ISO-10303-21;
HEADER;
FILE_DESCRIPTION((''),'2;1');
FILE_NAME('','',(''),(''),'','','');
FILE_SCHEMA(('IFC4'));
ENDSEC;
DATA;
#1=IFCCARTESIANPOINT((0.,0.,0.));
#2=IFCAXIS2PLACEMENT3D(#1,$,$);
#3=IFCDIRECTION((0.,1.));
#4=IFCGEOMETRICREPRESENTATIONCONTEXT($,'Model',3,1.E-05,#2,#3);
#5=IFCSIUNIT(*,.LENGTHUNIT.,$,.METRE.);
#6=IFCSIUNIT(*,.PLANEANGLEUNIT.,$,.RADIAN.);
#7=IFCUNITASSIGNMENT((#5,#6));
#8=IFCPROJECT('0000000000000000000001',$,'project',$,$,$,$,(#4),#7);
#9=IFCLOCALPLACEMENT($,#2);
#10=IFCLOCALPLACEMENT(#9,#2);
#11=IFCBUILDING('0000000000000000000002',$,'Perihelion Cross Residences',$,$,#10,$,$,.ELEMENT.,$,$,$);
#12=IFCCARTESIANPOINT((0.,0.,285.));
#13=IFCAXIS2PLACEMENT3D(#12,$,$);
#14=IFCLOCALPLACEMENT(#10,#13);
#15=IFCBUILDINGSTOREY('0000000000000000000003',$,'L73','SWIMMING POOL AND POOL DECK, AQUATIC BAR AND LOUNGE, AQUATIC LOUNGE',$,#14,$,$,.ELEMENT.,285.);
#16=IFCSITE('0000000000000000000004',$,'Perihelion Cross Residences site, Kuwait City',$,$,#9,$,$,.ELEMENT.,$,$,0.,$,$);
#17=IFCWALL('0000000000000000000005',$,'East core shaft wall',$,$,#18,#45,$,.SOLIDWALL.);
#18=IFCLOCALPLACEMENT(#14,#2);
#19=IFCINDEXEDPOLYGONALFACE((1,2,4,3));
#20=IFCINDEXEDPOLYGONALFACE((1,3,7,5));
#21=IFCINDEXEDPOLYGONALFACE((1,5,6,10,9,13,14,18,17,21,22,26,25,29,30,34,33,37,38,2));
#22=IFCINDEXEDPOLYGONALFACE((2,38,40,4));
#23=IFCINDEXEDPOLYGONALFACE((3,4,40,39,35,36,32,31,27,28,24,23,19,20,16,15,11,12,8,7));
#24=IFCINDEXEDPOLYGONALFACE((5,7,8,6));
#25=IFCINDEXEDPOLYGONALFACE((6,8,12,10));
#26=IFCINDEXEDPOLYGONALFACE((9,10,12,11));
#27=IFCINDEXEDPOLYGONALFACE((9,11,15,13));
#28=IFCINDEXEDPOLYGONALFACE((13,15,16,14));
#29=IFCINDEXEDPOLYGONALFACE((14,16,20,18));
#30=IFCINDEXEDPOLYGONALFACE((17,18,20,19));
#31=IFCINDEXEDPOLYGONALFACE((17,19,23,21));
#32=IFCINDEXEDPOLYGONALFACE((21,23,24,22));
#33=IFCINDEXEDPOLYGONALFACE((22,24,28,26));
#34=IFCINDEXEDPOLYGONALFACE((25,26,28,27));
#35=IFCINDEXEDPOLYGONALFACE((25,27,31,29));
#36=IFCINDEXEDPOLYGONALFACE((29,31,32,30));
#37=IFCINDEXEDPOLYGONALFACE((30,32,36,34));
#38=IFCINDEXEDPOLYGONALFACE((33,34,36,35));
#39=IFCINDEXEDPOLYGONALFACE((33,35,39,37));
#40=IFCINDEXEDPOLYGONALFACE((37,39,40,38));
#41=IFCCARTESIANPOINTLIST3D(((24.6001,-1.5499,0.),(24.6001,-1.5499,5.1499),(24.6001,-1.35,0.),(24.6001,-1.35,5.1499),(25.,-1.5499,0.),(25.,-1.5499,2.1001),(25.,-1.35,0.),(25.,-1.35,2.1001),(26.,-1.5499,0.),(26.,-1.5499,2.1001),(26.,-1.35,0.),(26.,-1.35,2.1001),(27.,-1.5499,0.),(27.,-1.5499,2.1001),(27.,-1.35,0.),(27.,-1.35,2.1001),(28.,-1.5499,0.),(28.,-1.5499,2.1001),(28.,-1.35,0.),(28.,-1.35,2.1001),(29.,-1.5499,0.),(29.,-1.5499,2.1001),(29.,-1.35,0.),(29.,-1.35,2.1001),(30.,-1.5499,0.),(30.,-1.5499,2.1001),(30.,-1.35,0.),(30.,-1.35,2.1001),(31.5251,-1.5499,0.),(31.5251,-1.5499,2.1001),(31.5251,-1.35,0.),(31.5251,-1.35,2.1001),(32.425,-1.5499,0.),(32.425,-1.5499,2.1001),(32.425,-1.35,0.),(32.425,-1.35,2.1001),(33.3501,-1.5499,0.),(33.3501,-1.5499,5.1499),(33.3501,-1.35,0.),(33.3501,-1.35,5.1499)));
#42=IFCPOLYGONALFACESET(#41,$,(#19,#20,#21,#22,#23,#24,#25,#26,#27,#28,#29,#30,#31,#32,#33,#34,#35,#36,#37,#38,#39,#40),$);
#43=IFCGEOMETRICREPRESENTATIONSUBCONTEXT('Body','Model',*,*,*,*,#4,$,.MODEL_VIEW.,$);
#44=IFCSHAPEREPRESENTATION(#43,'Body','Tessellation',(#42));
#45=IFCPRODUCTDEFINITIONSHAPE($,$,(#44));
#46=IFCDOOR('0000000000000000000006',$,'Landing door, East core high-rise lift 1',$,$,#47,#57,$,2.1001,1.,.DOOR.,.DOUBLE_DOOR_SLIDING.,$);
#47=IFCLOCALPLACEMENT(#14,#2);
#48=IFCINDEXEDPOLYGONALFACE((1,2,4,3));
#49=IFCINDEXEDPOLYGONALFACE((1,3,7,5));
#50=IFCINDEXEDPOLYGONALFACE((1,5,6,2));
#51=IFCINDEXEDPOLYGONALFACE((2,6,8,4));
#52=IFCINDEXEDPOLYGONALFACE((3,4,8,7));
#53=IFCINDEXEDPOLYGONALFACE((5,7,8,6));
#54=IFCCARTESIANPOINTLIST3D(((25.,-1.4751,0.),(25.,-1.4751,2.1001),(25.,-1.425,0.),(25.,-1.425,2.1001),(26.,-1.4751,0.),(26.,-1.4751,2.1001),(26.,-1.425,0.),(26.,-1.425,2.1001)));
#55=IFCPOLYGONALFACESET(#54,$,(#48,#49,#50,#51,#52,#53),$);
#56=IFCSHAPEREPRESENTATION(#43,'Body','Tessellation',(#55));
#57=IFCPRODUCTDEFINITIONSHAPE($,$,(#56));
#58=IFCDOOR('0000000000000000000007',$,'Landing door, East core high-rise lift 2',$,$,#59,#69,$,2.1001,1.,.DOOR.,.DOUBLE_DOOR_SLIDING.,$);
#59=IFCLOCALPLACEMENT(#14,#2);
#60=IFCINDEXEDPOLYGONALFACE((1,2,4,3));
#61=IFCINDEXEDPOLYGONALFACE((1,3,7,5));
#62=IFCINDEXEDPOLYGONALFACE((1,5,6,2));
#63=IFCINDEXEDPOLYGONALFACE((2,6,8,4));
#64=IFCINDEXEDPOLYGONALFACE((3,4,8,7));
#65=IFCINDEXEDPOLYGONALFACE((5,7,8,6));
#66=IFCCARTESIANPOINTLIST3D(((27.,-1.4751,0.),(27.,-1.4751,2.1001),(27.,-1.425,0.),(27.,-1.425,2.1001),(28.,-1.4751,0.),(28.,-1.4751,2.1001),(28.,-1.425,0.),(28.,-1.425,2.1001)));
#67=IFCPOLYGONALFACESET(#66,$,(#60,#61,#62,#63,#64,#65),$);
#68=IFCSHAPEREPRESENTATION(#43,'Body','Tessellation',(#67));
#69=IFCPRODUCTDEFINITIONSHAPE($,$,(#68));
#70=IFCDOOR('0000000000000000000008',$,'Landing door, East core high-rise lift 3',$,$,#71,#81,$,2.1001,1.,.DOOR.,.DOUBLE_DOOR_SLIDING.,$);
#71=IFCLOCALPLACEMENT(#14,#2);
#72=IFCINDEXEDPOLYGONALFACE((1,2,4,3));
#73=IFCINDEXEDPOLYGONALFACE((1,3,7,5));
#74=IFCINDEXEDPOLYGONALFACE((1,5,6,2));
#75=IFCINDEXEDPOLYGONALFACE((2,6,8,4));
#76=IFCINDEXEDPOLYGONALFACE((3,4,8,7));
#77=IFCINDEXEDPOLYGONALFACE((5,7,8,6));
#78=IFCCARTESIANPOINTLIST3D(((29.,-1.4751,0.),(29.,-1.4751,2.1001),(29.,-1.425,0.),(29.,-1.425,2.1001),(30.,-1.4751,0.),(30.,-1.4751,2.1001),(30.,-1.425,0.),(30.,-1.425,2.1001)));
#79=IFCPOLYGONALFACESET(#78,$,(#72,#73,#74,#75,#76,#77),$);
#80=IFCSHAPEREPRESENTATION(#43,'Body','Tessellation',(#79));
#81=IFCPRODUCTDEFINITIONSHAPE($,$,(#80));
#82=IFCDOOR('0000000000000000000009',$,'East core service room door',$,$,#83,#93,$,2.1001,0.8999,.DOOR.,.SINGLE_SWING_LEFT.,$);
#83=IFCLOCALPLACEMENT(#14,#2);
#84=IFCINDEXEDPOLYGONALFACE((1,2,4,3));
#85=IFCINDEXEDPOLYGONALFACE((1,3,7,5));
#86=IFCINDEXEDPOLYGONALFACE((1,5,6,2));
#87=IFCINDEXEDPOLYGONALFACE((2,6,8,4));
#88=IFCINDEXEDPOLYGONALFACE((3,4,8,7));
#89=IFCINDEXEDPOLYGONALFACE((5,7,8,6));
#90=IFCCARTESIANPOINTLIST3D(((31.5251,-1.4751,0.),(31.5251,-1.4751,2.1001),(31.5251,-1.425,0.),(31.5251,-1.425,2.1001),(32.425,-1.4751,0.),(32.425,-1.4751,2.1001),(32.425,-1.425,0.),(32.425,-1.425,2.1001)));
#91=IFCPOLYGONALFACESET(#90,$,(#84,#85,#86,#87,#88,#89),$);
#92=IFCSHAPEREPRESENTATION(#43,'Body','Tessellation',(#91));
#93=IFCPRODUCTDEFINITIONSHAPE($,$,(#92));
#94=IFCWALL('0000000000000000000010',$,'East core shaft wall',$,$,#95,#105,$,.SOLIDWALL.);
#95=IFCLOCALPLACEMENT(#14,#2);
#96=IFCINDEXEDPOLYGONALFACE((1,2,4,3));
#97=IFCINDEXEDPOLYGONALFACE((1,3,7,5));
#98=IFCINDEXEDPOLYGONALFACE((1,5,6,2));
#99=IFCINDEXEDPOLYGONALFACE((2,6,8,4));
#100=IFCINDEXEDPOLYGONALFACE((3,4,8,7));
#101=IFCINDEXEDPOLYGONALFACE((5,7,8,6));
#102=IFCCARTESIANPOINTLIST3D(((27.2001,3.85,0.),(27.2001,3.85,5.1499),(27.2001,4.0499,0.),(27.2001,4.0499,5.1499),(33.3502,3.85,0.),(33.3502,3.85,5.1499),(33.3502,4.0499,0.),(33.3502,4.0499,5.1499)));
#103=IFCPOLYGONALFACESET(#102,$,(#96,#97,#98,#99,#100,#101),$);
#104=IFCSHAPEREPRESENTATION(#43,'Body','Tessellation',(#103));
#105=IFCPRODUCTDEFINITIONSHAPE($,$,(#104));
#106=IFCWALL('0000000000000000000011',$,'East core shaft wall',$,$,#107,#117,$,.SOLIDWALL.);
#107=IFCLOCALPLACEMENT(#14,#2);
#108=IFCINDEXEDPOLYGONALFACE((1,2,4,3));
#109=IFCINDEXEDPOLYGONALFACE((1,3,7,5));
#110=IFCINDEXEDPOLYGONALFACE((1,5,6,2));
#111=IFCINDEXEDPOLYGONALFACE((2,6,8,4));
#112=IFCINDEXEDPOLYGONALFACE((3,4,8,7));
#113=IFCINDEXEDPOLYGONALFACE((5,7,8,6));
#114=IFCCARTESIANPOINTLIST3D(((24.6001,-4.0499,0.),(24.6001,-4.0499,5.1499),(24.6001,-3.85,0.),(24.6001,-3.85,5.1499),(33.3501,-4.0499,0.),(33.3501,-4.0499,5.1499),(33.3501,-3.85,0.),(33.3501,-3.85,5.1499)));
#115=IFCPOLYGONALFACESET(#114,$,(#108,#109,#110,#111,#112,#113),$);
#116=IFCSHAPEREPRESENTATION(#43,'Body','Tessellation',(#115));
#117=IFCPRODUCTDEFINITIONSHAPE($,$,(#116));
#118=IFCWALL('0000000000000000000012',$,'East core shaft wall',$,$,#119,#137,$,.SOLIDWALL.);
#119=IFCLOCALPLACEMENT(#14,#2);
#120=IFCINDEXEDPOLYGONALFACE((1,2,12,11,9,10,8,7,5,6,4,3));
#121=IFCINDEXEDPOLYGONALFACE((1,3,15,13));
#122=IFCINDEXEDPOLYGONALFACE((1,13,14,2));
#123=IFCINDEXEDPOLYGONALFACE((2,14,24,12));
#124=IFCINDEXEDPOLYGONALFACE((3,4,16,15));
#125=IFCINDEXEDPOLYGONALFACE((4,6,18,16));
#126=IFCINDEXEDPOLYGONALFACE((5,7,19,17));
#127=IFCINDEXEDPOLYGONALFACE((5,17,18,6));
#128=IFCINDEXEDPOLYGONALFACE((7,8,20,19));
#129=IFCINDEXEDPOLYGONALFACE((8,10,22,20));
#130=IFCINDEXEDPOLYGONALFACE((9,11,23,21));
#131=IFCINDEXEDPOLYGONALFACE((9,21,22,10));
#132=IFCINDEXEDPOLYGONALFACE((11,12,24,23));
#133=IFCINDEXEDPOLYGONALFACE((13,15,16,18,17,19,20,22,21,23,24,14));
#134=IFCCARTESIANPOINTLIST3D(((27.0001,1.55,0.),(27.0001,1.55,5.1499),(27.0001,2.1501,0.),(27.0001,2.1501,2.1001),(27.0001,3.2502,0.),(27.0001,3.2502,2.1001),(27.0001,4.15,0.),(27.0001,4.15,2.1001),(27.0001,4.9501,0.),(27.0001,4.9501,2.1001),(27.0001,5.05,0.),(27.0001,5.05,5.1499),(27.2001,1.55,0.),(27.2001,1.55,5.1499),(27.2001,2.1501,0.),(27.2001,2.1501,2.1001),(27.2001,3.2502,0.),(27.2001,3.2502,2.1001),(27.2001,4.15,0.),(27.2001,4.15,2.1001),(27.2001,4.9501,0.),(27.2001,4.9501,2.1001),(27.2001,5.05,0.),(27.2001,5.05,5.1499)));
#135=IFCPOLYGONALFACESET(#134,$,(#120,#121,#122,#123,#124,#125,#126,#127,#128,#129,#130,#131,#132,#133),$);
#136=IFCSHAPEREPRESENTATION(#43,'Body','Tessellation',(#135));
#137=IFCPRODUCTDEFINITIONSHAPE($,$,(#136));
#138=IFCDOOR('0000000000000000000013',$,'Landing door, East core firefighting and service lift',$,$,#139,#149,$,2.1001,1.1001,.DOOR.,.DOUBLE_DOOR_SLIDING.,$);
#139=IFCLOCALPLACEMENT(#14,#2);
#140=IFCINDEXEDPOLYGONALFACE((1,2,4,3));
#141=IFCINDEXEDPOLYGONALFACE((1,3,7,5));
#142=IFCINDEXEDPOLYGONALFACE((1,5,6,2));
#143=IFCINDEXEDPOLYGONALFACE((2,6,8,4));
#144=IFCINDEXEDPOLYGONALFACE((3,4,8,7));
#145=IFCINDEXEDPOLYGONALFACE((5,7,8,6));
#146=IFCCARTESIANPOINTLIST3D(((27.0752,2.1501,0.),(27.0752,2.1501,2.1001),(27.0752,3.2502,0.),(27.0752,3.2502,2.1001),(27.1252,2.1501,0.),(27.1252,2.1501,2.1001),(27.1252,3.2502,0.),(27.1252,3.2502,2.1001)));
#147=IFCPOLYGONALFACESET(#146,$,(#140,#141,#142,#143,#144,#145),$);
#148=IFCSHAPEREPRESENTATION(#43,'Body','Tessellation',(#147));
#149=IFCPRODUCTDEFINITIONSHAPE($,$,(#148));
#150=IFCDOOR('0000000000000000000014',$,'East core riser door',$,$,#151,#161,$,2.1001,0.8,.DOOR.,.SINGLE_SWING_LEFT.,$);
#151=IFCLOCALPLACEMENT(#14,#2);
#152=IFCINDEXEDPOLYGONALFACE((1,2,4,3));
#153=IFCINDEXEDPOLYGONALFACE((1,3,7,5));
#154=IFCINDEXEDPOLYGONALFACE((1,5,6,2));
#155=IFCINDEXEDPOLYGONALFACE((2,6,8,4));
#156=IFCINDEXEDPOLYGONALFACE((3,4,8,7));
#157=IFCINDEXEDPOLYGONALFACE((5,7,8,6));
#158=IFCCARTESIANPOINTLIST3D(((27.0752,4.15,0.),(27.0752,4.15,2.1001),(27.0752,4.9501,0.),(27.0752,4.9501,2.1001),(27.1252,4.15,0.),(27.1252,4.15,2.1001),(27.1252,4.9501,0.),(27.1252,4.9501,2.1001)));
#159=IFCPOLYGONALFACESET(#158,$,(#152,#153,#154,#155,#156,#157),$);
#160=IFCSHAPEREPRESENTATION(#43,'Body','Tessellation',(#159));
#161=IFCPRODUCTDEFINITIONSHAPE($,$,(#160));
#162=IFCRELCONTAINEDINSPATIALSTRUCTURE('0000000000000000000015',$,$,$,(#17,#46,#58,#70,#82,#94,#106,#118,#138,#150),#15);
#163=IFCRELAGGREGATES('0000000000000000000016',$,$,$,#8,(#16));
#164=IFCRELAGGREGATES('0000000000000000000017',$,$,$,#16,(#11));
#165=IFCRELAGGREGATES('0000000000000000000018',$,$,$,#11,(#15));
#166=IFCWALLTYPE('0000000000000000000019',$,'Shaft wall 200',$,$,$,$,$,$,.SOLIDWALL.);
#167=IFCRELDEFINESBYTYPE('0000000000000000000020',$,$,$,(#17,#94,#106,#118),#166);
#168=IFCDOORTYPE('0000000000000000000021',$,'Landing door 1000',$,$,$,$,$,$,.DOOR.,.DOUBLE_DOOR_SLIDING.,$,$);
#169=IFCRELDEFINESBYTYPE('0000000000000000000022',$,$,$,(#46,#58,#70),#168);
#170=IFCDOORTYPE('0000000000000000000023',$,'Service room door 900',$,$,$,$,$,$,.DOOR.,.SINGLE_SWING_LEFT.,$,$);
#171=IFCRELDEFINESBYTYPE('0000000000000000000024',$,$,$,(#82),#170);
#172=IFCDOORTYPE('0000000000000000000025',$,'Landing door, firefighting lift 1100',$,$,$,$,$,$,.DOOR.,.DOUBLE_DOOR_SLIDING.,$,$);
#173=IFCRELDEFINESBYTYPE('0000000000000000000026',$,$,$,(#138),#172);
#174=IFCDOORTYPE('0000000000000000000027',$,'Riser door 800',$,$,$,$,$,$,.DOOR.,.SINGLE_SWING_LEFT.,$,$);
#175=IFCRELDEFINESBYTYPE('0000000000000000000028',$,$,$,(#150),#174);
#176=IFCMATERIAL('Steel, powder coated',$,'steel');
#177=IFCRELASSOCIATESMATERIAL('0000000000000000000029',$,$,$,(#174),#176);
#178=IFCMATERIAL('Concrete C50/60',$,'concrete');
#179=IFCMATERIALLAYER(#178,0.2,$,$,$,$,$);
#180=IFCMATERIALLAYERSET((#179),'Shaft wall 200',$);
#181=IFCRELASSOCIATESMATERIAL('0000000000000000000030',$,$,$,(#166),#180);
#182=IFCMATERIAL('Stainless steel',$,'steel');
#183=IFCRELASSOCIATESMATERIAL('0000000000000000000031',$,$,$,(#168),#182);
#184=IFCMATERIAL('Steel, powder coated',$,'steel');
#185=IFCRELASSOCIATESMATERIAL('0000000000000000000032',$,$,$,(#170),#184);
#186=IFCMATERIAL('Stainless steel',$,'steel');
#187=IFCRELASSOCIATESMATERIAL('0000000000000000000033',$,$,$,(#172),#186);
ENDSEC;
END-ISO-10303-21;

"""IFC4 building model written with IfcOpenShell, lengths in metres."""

from ifc_helpers import new_model, si_unit, direction, frame, frame_2d, origin, place, context, subcontext, project, spatial, rectangle, extrude, material, layer, layer_set, type_object, element, fill, save


model = new_model("IFC4")

# Units and contexts
model_context = context("Model", 3, precision=1e-05, world=origin(), true_north=direction((0.0, 1.0)))
body_context = subcontext(model_context, "Body", "Model", "MODEL_VIEW")
ifc_project = project(units=[si_unit("LENGTHUNIT", "METRE"), si_unit("PLANEANGLEUNIT", "RADIAN")], contexts=[model_context])

# Site, building, storey
site_placement = place(None, origin())
site = spatial("IfcSite", under=ifc_project, at=site_placement, Name="Perihelion Cross Residences site, Kuwait City", CompositionType="ELEMENT", RefElevation=0.0)
building_placement = place(site_placement, origin())
building = spatial("IfcBuilding", under=site, at=building_placement, Name="Perihelion Cross Residences", CompositionType="ELEMENT")
storey_placement = place(building_placement, frame((0.0, 0.0, 285.0)))
storey = spatial("IfcBuildingStorey", under=building, at=storey_placement, Name="L73", Description="SWIMMING POOL AND POOL DECK, AQUATIC BAR AND LOUNGE, AQUATIC LOUNGE", CompositionType="ELEMENT", Elevation=285.0)

# Shared definitions
ifc_material_1 = material(Name="Steel, powder coated", Category="steel")
door_type_1 = type_object("IfcDoorType", Name="Riser door 800", OperationType="SINGLE_SWING_LEFT", PredefinedType="DOOR", material=ifc_material_1)

# Wall, openings, doors
ifc_material_2 = material(Name="Concrete C50/60", Category="concrete")
ifc_layer_1 = layer(ifc_material_2, 0.2)
ifc_layer_set_1 = layer_set([ifc_layer_1], Name="Shaft wall 200")
wall_type_1 = type_object("IfcWallType", Name="Shaft wall 200", PredefinedType="SOLIDWALL", material=ifc_layer_set_1)
wall_1_placement = place(storey_placement, frame((24.6001, -1.45, 0.0), z_axis=(0.0, 0.0, 1.0), x_axis=(1.0, 0.0, 0.0)))
wall_1 = element("IfcWall", 1, at=wall_1_placement, inside=storey, type_object=wall_type_1, Name="East core shaft wall", PredefinedType="SOLIDWALL", context=body_context, shape_type="SweptSolid", body=[
    extrude(rectangle(XDim=8.75, YDim=0.2, at=frame_2d((4.375, 0.0))), origin(), (0.0, 0.0, 1.0), 5.1499),
])
opening_1_placement = place(wall_1_placement, frame((0.3999, 0.0, 0.0)))
opening_1 = element("IfcOpeningElement", 2, at=opening_1_placement, cuts=wall_1, PredefinedType="OPENING", context=body_context, shape_type="SweptSolid", body=[
    extrude(rectangle(XDim=1.0, YDim=2.1001, at=frame_2d((0.5, 1.05))), frame((0.0, 0.1099, 0.0), z_axis=(0.0, -1.0, 0.0), x_axis=(1.0, 0.0, 0.0)), (0.0, 0.0, 1.0), 0.22),
])
opening_2_placement = place(wall_1_placement, frame((2.3999, 0.0, 0.0)))
opening_2 = element("IfcOpeningElement", 3, at=opening_2_placement, cuts=wall_1, PredefinedType="OPENING", context=body_context, shape_type="SweptSolid", body=[
    extrude(rectangle(XDim=1.0, YDim=2.1001, at=frame_2d((0.5, 1.05))), frame((0.0, 0.1099, 0.0), z_axis=(0.0, -1.0, 0.0), x_axis=(1.0, 0.0, 0.0)), (0.0, 0.0, 1.0), 0.22),
])
opening_3_placement = place(wall_1_placement, frame((4.3999, 0.0, 0.0)))
opening_3 = element("IfcOpeningElement", 4, at=opening_3_placement, cuts=wall_1, PredefinedType="OPENING", context=body_context, shape_type="SweptSolid", body=[
    extrude(rectangle(XDim=1.0, YDim=2.1001, at=frame_2d((0.5, 1.05))), frame((0.0, 0.1099, 0.0), z_axis=(0.0, -1.0, 0.0), x_axis=(1.0, 0.0, 0.0)), (0.0, 0.0, 1.0), 0.22),
])
opening_4_placement = place(wall_1_placement, frame((6.925, 0.0, 0.0)))
opening_4 = element("IfcOpeningElement", 5, at=opening_4_placement, cuts=wall_1, PredefinedType="OPENING", context=body_context, shape_type="SweptSolid", body=[
    extrude(rectangle(XDim=0.8999, YDim=2.1001, at=frame_2d((0.45, 1.05))), frame((0.0, 0.1099, 0.0), z_axis=(0.0, -1.0, 0.0), x_axis=(1.0, 0.0, 0.0)), (0.0, 0.0, 1.0), 0.22),
])
ifc_material_3 = material(Name="Stainless steel", Category="steel")
door_type_2 = type_object("IfcDoorType", Name="Landing door 1000", OperationType="DOUBLE_DOOR_SLIDING", PredefinedType="DOOR", material=ifc_material_3)
door_1_placement = place(opening_1_placement, origin())
door_1 = element("IfcDoor", 6, at=door_1_placement, inside=storey, type_object=door_type_2, Name="Landing door, East core high-rise lift 1", OperationType="DOUBLE_DOOR_SLIDING", OverallHeight=2.1001, OverallWidth=1.0, PredefinedType="DOOR", context=body_context, shape_type="SweptSolid", body=[
    extrude(rectangle(XDim=1.0, YDim=2.1001, at=frame_2d((0.5, 1.05))), frame((0.0, 0.0249, 0.0), z_axis=(0.0, -1.0, 0.0), x_axis=(1.0, 0.0, 0.0)), (0.0, 0.0, 1.0), 0.05),
])
fill(opening_1, door_1)
door_2_placement = place(opening_2_placement, origin())
door_2 = element("IfcDoor", 7, at=door_2_placement, inside=storey, type_object=door_type_2, Name="Landing door, East core high-rise lift 2", OperationType="DOUBLE_DOOR_SLIDING", OverallHeight=2.1001, OverallWidth=1.0, PredefinedType="DOOR", context=body_context, shape_type="SweptSolid", body=[
    extrude(rectangle(XDim=1.0, YDim=2.1001, at=frame_2d((0.5, 1.05))), frame((0.0, 0.0249, 0.0), z_axis=(0.0, -1.0, 0.0), x_axis=(1.0, 0.0, 0.0)), (0.0, 0.0, 1.0), 0.05),
])
fill(opening_2, door_2)
door_3_placement = place(opening_3_placement, origin())
door_3 = element("IfcDoor", 8, at=door_3_placement, inside=storey, type_object=door_type_2, Name="Landing door, East core high-rise lift 3", OperationType="DOUBLE_DOOR_SLIDING", OverallHeight=2.1001, OverallWidth=1.0, PredefinedType="DOOR", context=body_context, shape_type="SweptSolid", body=[
    extrude(rectangle(XDim=1.0, YDim=2.1001, at=frame_2d((0.5, 1.05))), frame((0.0, 0.0249, 0.0), z_axis=(0.0, -1.0, 0.0), x_axis=(1.0, 0.0, 0.0)), (0.0, 0.0, 1.0), 0.05),
])
fill(opening_3, door_3)
ifc_material_4 = material(Name="Steel, powder coated", Category="steel")
door_type_3 = type_object("IfcDoorType", Name="Service room door 900", OperationType="SINGLE_SWING_LEFT", PredefinedType="DOOR", material=ifc_material_4)
door_4_placement = place(opening_4_placement, origin())
door_4 = element("IfcDoor", 9, at=door_4_placement, inside=storey, type_object=door_type_3, Name="East core service room door", OperationType="SINGLE_SWING_LEFT", OverallHeight=2.1001, OverallWidth=0.8999, PredefinedType="DOOR", context=body_context, shape_type="SweptSolid", body=[
    extrude(rectangle(XDim=0.8999, YDim=2.1001, at=frame_2d((0.45, 1.05))), frame((0.0, 0.0249, 0.0), z_axis=(0.0, -1.0, 0.0), x_axis=(1.0, 0.0, 0.0)), (0.0, 0.0, 1.0), 0.05),
])
fill(opening_4, door_4)

# Walls
wall_2_placement = place(storey_placement, frame((27.2, 3.95, 0.0), z_axis=(0.0, 0.0, 1.0), x_axis=(1.0, 0.0, 0.0)))
element("IfcWall", 10, at=wall_2_placement, inside=storey, type_object=wall_type_1, Name="East core shaft wall", PredefinedType="SOLIDWALL", context=body_context, shape_type="SweptSolid", body=[
    extrude(rectangle(XDim=6.1501, YDim=0.2, at=frame_2d((3.0752, 0.0))), origin(), (0.0, 0.0, 1.0), 5.1499),
])
wall_3_placement = place(storey_placement, frame((24.6001, -3.95, 0.0), z_axis=(0.0, 0.0, 1.0), x_axis=(1.0, 0.0, 0.0)))
element("IfcWall", 11, at=wall_3_placement, inside=storey, type_object=wall_type_1, Name="East core shaft wall", PredefinedType="SOLIDWALL", context=body_context, shape_type="SweptSolid", body=[
    extrude(rectangle(XDim=8.75, YDim=0.2, at=frame_2d((4.375, 0.0))), origin(), (0.0, 0.0, 1.0), 5.1499),
])

# Wall, openings, doors
wall_4_placement = place(storey_placement, frame((27.1001, 1.55, 0.0), z_axis=(0.0, 0.0, 1.0), x_axis=(0.0, 1.0, 0.0)))
wall_4 = element("IfcWall", 12, at=wall_4_placement, inside=storey, type_object=wall_type_1, Name="East core shaft wall", PredefinedType="SOLIDWALL", context=body_context, shape_type="SweptSolid", body=[
    extrude(rectangle(XDim=3.5, YDim=0.2, at=frame_2d((1.75, 0.0))), origin(), (0.0, 0.0, 1.0), 5.1499),
])
opening_5_placement = place(wall_4_placement, frame((0.6001, 0.0, 0.0)))
opening_5 = element("IfcOpeningElement", 13, at=opening_5_placement, cuts=wall_4, PredefinedType="OPENING", context=body_context, shape_type="SweptSolid", body=[
    extrude(rectangle(XDim=1.1001, YDim=2.1001, at=frame_2d((0.55, 1.05))), frame((0.0, 0.1099, 0.0), z_axis=(0.0, -1.0, 0.0), x_axis=(1.0, 0.0, 0.0)), (0.0, 0.0, 1.0), 0.22),
])
opening_6_placement = place(wall_4_placement, frame((2.6001, 0.0, 0.0)))
opening_6 = element("IfcOpeningElement", 14, at=opening_6_placement, cuts=wall_4, PredefinedType="OPENING", context=body_context, shape_type="SweptSolid", body=[
    extrude(rectangle(XDim=0.8, YDim=2.1001, at=frame_2d((0.3999, 1.05))), frame((0.0, 0.1099, 0.0), z_axis=(0.0, -1.0, 0.0), x_axis=(1.0, 0.0, 0.0)), (0.0, 0.0, 1.0), 0.22),
])
ifc_material_5 = material(Name="Stainless steel", Category="steel")
door_type_4 = type_object("IfcDoorType", Name="Landing door, firefighting lift 1100", OperationType="DOUBLE_DOOR_SLIDING", PredefinedType="DOOR", material=ifc_material_5)
door_5_placement = place(opening_5_placement, origin())
door_5 = element("IfcDoor", 15, at=door_5_placement, inside=storey, type_object=door_type_4, Name="Landing door, East core firefighting and service lift", OperationType="DOUBLE_DOOR_SLIDING", OverallHeight=2.1001, OverallWidth=1.1001, PredefinedType="DOOR", context=body_context, shape_type="SweptSolid", body=[
    extrude(rectangle(XDim=1.1001, YDim=2.1001, at=frame_2d((0.55, 1.05))), frame((0.0, 0.0249, 0.0), z_axis=(0.0, -1.0, 0.0), x_axis=(1.0, 0.0, 0.0)), (0.0, 0.0, 1.0), 0.05),
])
fill(opening_5, door_5)
door_6_placement = place(opening_6_placement, origin())
door_6 = element("IfcDoor", 16, at=door_6_placement, inside=storey, type_object=door_type_1, Name="East core riser door", OperationType="SINGLE_SWING_LEFT", OverallHeight=2.1001, OverallWidth=0.8, PredefinedType="DOOR", context=body_context, shape_type="SweptSolid", body=[
    extrude(rectangle(XDim=0.8, YDim=2.1001, at=frame_2d((0.3999, 1.05))), frame((0.0, 0.0249, 0.0), z_axis=(0.0, -1.0, 0.0), x_axis=(1.0, 0.0, 0.0)), (0.0, 0.0, 1.0), 0.05),
])
fill(opening_6, door_6)

save(model, "model.ifc")
